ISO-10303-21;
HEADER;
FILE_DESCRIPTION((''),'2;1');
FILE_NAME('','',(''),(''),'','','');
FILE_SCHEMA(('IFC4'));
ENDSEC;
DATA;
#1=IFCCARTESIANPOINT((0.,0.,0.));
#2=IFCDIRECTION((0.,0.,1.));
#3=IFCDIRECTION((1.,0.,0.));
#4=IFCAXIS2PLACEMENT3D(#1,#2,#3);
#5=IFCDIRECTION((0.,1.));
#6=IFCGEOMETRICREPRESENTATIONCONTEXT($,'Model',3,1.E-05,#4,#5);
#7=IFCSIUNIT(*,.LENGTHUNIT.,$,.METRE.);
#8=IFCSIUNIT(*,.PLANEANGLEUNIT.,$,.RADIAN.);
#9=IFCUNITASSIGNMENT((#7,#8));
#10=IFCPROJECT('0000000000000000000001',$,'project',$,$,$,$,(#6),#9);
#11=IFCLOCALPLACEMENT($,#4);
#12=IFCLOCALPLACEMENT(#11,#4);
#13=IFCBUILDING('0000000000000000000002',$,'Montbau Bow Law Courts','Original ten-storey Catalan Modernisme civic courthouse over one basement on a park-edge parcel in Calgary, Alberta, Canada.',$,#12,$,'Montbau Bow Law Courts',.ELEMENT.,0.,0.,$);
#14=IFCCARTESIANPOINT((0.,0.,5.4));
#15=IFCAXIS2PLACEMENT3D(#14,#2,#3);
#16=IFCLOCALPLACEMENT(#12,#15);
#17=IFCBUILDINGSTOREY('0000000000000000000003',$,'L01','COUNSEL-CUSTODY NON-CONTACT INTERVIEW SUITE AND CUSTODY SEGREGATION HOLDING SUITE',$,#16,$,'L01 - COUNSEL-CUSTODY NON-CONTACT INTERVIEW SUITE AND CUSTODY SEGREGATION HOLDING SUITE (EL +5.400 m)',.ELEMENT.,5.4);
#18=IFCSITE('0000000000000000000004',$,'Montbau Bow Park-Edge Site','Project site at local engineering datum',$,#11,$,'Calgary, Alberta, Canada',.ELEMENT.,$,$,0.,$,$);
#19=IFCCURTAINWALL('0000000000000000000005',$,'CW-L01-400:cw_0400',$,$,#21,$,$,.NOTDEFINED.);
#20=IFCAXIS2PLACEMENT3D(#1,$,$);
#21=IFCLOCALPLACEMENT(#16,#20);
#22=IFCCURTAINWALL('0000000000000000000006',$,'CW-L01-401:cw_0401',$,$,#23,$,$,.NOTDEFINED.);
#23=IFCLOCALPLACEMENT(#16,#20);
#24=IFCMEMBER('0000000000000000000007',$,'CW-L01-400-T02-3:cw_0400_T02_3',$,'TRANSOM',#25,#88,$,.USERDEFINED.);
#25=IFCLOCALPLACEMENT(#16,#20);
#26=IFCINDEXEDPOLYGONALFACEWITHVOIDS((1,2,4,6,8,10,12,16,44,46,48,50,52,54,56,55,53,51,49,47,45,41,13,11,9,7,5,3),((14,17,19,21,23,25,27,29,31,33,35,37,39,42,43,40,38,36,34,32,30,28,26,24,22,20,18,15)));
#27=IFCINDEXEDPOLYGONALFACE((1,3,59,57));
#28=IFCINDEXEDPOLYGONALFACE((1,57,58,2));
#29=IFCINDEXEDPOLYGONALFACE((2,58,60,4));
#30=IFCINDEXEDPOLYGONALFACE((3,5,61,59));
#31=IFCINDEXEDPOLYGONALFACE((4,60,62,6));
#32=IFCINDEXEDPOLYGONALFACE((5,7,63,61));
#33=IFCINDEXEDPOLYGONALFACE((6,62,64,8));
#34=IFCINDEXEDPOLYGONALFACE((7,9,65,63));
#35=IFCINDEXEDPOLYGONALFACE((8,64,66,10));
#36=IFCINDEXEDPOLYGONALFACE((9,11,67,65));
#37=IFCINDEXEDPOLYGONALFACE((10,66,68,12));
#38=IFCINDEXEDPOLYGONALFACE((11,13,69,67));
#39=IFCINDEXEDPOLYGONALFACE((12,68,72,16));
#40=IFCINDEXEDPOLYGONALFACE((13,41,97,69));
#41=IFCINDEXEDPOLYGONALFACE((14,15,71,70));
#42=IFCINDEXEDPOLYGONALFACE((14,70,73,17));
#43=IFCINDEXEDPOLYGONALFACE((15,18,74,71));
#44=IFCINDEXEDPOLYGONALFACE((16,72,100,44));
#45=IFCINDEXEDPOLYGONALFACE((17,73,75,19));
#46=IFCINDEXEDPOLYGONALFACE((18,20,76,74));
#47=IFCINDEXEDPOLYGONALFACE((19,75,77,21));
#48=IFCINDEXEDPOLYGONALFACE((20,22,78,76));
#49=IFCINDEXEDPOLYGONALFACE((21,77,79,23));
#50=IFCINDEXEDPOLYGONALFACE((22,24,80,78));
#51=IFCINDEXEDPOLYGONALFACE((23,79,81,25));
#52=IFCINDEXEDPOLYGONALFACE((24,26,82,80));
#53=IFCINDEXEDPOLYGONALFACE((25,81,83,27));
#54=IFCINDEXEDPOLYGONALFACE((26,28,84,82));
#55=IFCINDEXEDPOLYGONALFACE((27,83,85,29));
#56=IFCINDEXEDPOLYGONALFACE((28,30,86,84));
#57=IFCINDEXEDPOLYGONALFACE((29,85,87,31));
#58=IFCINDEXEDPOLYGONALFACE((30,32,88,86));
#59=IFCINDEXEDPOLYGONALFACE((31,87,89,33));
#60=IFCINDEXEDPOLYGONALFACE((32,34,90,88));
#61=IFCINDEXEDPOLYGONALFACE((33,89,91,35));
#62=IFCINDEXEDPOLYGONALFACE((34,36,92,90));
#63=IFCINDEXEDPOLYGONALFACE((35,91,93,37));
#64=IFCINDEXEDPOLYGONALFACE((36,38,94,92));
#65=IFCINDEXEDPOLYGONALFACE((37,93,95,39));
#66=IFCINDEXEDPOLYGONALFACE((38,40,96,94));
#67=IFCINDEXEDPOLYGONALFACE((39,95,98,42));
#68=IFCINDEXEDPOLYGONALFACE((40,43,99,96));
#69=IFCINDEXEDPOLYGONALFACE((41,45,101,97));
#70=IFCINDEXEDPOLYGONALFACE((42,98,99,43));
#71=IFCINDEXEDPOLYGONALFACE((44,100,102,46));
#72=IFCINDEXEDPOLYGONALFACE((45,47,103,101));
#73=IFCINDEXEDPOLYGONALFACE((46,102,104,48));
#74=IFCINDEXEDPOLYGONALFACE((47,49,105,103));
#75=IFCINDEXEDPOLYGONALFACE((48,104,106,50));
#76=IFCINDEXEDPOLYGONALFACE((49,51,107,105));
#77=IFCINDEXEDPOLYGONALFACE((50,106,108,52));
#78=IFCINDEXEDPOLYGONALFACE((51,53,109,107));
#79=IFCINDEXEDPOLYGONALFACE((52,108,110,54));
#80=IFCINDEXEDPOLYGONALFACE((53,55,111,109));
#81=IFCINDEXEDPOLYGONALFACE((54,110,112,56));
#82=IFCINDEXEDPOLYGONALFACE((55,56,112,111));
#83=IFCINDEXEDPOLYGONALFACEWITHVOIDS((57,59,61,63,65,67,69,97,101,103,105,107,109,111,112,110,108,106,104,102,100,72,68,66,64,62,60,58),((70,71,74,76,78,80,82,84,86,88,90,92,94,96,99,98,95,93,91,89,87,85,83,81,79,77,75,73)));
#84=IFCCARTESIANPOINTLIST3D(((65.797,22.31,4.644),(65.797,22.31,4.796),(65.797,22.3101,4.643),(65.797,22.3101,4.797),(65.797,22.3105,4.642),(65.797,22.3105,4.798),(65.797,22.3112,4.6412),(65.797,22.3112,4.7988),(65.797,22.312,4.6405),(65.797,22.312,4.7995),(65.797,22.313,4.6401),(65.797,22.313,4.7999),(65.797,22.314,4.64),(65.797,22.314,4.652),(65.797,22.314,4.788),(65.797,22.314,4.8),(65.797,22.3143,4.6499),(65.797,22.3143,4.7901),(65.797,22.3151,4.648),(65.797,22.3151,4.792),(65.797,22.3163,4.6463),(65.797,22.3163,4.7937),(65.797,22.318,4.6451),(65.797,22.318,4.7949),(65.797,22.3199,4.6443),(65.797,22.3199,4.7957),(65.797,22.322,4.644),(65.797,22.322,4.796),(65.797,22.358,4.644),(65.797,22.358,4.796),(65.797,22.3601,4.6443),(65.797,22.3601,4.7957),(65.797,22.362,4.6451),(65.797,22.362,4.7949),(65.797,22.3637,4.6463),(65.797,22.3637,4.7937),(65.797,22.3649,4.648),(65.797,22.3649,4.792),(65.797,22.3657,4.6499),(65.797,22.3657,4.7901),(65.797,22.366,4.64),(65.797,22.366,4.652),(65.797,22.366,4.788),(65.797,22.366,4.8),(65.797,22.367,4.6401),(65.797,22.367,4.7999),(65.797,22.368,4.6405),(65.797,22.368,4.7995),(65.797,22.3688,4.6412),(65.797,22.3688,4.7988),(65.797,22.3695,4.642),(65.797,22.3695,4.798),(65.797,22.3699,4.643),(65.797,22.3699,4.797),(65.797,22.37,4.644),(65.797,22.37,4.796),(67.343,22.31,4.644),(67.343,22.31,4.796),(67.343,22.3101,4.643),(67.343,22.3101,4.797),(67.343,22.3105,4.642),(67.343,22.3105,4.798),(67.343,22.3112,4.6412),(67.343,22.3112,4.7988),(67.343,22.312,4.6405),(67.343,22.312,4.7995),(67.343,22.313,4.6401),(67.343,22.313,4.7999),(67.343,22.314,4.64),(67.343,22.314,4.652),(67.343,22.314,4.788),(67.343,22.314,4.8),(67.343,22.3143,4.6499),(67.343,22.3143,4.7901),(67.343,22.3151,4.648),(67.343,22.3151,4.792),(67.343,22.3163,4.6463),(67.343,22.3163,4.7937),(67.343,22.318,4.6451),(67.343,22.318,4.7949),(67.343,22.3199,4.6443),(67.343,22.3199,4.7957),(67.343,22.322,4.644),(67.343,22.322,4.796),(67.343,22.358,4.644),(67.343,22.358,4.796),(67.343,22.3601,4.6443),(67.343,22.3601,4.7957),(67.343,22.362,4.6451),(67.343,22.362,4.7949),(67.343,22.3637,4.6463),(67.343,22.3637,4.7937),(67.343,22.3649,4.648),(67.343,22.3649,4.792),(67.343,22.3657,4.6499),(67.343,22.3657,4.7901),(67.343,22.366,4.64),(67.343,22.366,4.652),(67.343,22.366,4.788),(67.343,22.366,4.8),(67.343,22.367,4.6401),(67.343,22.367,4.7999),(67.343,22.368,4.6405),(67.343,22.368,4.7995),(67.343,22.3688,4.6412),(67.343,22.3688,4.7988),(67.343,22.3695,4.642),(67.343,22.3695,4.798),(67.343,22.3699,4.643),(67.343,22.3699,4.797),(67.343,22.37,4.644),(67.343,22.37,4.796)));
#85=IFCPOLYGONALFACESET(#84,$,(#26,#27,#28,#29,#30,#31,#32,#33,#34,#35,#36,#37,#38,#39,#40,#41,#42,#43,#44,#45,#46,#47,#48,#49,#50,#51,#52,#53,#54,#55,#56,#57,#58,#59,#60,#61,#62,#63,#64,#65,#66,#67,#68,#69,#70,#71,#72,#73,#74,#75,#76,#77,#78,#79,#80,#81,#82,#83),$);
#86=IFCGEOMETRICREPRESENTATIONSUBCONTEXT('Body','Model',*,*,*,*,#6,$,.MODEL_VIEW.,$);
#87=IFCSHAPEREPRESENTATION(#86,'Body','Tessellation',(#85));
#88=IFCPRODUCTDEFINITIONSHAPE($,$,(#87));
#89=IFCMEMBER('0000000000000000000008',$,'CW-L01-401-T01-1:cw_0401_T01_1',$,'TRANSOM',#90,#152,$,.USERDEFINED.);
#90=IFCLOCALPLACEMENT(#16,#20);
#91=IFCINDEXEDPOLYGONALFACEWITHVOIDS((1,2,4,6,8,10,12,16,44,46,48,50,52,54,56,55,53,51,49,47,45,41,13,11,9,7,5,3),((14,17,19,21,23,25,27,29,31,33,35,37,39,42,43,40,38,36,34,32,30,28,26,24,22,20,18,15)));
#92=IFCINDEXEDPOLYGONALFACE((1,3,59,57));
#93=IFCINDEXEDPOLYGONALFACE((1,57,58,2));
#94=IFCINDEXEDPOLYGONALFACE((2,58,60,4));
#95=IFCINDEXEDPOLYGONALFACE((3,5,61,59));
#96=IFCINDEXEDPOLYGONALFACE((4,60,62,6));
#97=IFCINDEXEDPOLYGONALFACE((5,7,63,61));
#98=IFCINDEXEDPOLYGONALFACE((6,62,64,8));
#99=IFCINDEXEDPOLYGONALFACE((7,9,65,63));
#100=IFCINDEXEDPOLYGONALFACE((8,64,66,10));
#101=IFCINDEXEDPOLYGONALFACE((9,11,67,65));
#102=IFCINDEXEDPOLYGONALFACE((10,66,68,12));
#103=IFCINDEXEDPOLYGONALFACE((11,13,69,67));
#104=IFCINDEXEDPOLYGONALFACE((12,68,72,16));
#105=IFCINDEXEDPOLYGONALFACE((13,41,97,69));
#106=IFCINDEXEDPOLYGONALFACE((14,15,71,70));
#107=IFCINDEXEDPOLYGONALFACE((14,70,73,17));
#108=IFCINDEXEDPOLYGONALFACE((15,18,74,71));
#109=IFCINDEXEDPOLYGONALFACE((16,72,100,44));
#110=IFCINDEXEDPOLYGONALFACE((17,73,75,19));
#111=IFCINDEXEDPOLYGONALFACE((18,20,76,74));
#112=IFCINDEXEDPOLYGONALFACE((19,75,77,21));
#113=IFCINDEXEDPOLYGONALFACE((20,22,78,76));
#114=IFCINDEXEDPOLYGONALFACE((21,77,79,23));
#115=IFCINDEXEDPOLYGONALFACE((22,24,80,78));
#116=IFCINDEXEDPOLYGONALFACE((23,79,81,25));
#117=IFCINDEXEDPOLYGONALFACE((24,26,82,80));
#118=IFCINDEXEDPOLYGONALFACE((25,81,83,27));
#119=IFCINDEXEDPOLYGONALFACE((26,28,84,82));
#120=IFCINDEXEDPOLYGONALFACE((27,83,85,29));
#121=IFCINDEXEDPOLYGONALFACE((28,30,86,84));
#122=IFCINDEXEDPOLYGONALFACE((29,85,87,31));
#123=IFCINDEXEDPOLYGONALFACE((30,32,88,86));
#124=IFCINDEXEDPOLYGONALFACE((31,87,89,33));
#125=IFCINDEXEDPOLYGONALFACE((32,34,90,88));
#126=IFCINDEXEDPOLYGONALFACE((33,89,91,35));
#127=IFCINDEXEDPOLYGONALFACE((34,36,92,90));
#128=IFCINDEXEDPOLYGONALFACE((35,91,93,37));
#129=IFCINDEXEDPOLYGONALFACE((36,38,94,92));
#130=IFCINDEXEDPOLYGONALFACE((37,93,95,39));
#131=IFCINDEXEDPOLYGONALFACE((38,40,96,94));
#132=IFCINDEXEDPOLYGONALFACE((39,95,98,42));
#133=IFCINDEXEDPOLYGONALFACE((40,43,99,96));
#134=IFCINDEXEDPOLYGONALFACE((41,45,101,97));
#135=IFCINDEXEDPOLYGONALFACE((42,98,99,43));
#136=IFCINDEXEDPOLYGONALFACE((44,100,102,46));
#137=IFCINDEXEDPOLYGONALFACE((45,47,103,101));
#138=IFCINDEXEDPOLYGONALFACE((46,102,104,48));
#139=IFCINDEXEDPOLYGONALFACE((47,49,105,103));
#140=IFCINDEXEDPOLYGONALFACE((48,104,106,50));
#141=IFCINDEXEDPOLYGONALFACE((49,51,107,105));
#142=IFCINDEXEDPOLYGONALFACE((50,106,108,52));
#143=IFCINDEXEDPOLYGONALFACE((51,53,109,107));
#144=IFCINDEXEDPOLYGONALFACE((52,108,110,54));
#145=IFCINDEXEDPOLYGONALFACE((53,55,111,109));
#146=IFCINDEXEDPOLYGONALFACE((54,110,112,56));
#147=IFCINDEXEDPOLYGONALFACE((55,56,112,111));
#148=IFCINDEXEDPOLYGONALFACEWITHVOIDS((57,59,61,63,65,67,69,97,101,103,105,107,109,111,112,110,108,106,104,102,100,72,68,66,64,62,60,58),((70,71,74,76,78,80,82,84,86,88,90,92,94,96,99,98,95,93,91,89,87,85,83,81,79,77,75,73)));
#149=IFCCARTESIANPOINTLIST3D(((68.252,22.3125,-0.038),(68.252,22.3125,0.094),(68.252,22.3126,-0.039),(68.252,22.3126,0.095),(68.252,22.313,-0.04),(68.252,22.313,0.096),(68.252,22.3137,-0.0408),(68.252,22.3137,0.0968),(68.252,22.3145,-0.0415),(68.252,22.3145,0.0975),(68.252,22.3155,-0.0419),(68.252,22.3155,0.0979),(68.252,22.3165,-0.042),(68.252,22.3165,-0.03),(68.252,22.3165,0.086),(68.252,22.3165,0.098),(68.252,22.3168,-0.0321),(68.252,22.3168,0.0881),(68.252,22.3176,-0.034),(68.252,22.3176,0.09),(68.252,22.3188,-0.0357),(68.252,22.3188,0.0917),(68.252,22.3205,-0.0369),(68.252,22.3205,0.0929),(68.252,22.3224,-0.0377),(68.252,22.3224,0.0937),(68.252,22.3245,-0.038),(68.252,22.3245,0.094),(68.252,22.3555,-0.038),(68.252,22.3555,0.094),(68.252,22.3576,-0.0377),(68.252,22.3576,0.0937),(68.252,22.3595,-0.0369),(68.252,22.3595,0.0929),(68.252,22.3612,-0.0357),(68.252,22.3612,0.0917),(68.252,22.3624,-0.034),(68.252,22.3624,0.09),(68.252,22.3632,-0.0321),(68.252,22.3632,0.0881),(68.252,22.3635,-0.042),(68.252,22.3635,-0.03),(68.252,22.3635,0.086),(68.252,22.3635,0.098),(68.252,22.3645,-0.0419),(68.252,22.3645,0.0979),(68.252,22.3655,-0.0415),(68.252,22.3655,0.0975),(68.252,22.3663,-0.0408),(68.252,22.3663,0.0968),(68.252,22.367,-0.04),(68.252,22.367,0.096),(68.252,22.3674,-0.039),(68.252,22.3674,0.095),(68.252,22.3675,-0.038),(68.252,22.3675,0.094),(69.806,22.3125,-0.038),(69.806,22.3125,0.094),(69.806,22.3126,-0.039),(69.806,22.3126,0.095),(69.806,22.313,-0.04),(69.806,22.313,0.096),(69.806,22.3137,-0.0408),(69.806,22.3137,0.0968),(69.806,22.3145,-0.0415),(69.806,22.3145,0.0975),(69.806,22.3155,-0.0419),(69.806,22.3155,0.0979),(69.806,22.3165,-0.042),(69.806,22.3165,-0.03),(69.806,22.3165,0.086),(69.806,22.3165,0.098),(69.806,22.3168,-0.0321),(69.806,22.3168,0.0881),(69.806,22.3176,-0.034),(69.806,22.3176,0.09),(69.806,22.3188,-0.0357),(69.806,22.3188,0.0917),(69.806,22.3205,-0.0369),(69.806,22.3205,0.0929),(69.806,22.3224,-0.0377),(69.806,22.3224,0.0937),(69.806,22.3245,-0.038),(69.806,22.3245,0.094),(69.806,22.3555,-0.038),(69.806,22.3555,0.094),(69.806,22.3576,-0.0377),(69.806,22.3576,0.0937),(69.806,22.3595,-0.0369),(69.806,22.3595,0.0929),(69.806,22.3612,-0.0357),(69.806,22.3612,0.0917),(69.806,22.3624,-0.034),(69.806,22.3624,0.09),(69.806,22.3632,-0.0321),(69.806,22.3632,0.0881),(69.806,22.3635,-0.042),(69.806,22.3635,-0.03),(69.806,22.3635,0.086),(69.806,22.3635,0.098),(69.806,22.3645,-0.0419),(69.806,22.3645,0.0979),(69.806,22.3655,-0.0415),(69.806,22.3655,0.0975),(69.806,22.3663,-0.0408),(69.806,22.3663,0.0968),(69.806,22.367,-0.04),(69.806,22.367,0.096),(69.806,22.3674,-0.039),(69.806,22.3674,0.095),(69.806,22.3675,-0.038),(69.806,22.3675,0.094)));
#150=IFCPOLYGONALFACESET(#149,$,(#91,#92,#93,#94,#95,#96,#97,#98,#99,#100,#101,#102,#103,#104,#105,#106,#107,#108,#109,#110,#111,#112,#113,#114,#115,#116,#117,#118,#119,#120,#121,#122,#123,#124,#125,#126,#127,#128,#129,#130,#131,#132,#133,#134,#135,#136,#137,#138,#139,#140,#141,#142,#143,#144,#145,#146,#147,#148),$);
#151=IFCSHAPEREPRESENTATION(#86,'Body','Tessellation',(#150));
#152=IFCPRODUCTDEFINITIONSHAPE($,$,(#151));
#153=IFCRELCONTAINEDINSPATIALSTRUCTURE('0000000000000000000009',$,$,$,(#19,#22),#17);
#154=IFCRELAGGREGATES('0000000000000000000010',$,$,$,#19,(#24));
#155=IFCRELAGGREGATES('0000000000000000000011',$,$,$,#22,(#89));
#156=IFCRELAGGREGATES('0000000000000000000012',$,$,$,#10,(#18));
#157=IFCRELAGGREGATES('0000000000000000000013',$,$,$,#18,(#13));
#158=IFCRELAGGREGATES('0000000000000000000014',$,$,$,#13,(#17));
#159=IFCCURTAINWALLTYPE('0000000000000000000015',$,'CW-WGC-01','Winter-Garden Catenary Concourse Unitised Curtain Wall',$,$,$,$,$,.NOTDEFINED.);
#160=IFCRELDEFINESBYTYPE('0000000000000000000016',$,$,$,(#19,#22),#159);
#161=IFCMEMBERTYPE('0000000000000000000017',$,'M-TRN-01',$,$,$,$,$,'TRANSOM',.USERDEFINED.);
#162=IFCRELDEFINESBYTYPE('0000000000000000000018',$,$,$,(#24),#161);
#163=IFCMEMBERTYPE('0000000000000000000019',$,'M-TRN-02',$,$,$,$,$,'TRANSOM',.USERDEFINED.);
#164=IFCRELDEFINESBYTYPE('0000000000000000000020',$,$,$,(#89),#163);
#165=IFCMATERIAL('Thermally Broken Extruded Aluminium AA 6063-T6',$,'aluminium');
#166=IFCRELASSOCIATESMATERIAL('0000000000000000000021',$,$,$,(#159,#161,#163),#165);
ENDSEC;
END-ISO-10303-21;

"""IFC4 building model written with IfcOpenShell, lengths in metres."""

from ifc_helpers import new_model, si_unit, direction, frame, origin_with_axes, origin_2d_with_axis, place, context, subcontext, project, spatial, hollow_rectangle, extrude, material, material_profile, profile_set, type_object, element, aggregate, save


model = new_model("IFC4")

# Units and contexts
model_context = context("Model", 3, precision=1e-05, world=origin_with_axes(), true_north=direction((0.0, 1.0)))
body_context = subcontext(model_context, "Body", "Model", "MODEL_VIEW")
ifc_project = project(units=[si_unit("LENGTHUNIT", "METRE"), si_unit("PLANEANGLEUNIT", "RADIAN")], contexts=[model_context])

# Site, building, storey
site_placement = place(None, origin_with_axes())
site = spatial("IfcSite", under=ifc_project, at=site_placement, Name="Montbau Bow Park-Edge Site", Description="Project site at local engineering datum", LongName="Calgary, Alberta, Canada", CompositionType="ELEMENT", RefElevation=0.0)
building_placement = place(site_placement, origin_with_axes())
building = spatial("IfcBuilding", under=site, at=building_placement, Name="Montbau Bow Law Courts", Description="Original ten-storey Catalan Modernisme civic courthouse over one basement on a park-edge parcel in Calgary, Alberta, Canada.", LongName="Montbau Bow Law Courts", CompositionType="ELEMENT", ElevationOfRefHeight=0.0, ElevationOfTerrain=0.0)
storey_placement = place(building_placement, frame((0.0, 0.0, 5.4), z_axis=(0.0, 0.0, 1.0), x_axis=(1.0, 0.0, 0.0)))
storey = spatial("IfcBuildingStorey", under=building, at=storey_placement, Name="L01", Description="COUNSEL-CUSTODY NON-CONTACT INTERVIEW SUITE AND CUSTODY SEGREGATION HOLDING SUITE", LongName="L01 - COUNSEL-CUSTODY NON-CONTACT INTERVIEW SUITE AND CUSTODY SEGREGATION HOLDING SUITE (EL +5.400 m)", CompositionType="ELEMENT", Elevation=5.4)

# Curtain wall
ifc_material_1 = material(Name="Thermally Broken Extruded Aluminium AA 6063-T6", Category="aluminium")
curtain_wall_type_1 = type_object("IfcCurtainWallType", Name="CW-WGC-01", Description="Winter-Garden Catenary Concourse Unitised Curtain Wall", PredefinedType="NOTDEFINED", material=ifc_material_1)
curtain_wall_1_placement = place(None, frame((64.115, 22.34, 5.4), z_axis=(0.0, 0.0, 1.0), x_axis=(1.0, 0.0, 0.0)))
curtain_wall_1 = element("IfcCurtainWall", 1, at=curtain_wall_1_placement, inside=storey, type_object=curtain_wall_type_1, Name="CW-L01-400:cw_0400", PredefinedType="NOTDEFINED")

# Curtain wall
curtain_wall_2_placement = place(None, frame((68.19, 22.34, 5.4), z_axis=(0.0, 0.0, 1.0), x_axis=(1.0, 0.0, 0.0)))
curtain_wall_2 = element("IfcCurtainWall", 2, at=curtain_wall_2_placement, inside=storey, type_object=curtain_wall_type_1, Name="CW-L01-401:cw_0401", PredefinedType="NOTDEFINED")

# Members
ifc_material_profile_1 = material_profile(ifc_material_1, hollow_rectangle(XDim=0.06, YDim=0.16, WallThickness=0.004, InnerFilletRadius=0.008, OuterFilletRadius=0.004, at=origin_2d_with_axis()), Name="CWT-160X60", Category="Main", Priority=0)
ifc_profile_set_1 = profile_set([ifc_material_profile_1], Name="Thermally Broken Extruded Aluminium AA 6063-T6")
member_type_1 = type_object("IfcMemberType", Name="M-TRN-01", ElementType="TRANSOM", PredefinedType="USERDEFINED", material=ifc_profile_set_1)
member_1_placement = place(None, frame((65.797, 22.34, 10.12), z_axis=(1.0, 0.0, 0.0), x_axis=(0.0, 1.0, 0.0)))
member_1 = element("IfcMember", 3, at=member_1_placement, type_object=member_type_1, Name="CW-L01-400-T02-3:cw_0400_T02_3", ObjectType="TRANSOM", PredefinedType="USERDEFINED", context=body_context, shape_type="SweptSolid", body=[
    extrude(hollow_rectangle(XDim=0.06, YDim=0.16, WallThickness=0.004, InnerFilletRadius=0.008, OuterFilletRadius=0.004, at=origin_2d_with_axis()), origin_with_axes(), (0.0, 0.0, 1.0), 1.546),
])
aggregate(curtain_wall_1, [member_1])
ifc_material_profile_2 = material_profile(ifc_material_1, hollow_rectangle(XDim=0.055, YDim=0.14, WallThickness=0.004, InnerFilletRadius=0.008, OuterFilletRadius=0.004, at=origin_2d_with_axis()), Name="CWT-140X55", Category="Main", Priority=0)
ifc_profile_set_2 = profile_set([ifc_material_profile_2], Name="Thermally Broken Extruded Aluminium AA 6063-T6")
member_type_2 = type_object("IfcMemberType", Name="M-TRN-02", ElementType="TRANSOM", PredefinedType="USERDEFINED", material=ifc_profile_set_2)
member_2_placement = place(None, frame((68.252, 22.34, 5.428), z_axis=(1.0, 0.0, 0.0), x_axis=(0.0, 1.0, 0.0)))
member_2 = element("IfcMember", 4, at=member_2_placement, type_object=member_type_2, Name="CW-L01-401-T01-1:cw_0401_T01_1", ObjectType="TRANSOM", PredefinedType="USERDEFINED", context=body_context, shape_type="SweptSolid", body=[
    extrude(hollow_rectangle(XDim=0.055, YDim=0.14, WallThickness=0.004, InnerFilletRadius=0.008, OuterFilletRadius=0.004, at=origin_2d_with_axis()), origin_with_axes(), (0.0, 0.0, 1.0), 1.554),
])

aggregate(curtain_wall_2, [member_2])

save(model, "model.ifc")
